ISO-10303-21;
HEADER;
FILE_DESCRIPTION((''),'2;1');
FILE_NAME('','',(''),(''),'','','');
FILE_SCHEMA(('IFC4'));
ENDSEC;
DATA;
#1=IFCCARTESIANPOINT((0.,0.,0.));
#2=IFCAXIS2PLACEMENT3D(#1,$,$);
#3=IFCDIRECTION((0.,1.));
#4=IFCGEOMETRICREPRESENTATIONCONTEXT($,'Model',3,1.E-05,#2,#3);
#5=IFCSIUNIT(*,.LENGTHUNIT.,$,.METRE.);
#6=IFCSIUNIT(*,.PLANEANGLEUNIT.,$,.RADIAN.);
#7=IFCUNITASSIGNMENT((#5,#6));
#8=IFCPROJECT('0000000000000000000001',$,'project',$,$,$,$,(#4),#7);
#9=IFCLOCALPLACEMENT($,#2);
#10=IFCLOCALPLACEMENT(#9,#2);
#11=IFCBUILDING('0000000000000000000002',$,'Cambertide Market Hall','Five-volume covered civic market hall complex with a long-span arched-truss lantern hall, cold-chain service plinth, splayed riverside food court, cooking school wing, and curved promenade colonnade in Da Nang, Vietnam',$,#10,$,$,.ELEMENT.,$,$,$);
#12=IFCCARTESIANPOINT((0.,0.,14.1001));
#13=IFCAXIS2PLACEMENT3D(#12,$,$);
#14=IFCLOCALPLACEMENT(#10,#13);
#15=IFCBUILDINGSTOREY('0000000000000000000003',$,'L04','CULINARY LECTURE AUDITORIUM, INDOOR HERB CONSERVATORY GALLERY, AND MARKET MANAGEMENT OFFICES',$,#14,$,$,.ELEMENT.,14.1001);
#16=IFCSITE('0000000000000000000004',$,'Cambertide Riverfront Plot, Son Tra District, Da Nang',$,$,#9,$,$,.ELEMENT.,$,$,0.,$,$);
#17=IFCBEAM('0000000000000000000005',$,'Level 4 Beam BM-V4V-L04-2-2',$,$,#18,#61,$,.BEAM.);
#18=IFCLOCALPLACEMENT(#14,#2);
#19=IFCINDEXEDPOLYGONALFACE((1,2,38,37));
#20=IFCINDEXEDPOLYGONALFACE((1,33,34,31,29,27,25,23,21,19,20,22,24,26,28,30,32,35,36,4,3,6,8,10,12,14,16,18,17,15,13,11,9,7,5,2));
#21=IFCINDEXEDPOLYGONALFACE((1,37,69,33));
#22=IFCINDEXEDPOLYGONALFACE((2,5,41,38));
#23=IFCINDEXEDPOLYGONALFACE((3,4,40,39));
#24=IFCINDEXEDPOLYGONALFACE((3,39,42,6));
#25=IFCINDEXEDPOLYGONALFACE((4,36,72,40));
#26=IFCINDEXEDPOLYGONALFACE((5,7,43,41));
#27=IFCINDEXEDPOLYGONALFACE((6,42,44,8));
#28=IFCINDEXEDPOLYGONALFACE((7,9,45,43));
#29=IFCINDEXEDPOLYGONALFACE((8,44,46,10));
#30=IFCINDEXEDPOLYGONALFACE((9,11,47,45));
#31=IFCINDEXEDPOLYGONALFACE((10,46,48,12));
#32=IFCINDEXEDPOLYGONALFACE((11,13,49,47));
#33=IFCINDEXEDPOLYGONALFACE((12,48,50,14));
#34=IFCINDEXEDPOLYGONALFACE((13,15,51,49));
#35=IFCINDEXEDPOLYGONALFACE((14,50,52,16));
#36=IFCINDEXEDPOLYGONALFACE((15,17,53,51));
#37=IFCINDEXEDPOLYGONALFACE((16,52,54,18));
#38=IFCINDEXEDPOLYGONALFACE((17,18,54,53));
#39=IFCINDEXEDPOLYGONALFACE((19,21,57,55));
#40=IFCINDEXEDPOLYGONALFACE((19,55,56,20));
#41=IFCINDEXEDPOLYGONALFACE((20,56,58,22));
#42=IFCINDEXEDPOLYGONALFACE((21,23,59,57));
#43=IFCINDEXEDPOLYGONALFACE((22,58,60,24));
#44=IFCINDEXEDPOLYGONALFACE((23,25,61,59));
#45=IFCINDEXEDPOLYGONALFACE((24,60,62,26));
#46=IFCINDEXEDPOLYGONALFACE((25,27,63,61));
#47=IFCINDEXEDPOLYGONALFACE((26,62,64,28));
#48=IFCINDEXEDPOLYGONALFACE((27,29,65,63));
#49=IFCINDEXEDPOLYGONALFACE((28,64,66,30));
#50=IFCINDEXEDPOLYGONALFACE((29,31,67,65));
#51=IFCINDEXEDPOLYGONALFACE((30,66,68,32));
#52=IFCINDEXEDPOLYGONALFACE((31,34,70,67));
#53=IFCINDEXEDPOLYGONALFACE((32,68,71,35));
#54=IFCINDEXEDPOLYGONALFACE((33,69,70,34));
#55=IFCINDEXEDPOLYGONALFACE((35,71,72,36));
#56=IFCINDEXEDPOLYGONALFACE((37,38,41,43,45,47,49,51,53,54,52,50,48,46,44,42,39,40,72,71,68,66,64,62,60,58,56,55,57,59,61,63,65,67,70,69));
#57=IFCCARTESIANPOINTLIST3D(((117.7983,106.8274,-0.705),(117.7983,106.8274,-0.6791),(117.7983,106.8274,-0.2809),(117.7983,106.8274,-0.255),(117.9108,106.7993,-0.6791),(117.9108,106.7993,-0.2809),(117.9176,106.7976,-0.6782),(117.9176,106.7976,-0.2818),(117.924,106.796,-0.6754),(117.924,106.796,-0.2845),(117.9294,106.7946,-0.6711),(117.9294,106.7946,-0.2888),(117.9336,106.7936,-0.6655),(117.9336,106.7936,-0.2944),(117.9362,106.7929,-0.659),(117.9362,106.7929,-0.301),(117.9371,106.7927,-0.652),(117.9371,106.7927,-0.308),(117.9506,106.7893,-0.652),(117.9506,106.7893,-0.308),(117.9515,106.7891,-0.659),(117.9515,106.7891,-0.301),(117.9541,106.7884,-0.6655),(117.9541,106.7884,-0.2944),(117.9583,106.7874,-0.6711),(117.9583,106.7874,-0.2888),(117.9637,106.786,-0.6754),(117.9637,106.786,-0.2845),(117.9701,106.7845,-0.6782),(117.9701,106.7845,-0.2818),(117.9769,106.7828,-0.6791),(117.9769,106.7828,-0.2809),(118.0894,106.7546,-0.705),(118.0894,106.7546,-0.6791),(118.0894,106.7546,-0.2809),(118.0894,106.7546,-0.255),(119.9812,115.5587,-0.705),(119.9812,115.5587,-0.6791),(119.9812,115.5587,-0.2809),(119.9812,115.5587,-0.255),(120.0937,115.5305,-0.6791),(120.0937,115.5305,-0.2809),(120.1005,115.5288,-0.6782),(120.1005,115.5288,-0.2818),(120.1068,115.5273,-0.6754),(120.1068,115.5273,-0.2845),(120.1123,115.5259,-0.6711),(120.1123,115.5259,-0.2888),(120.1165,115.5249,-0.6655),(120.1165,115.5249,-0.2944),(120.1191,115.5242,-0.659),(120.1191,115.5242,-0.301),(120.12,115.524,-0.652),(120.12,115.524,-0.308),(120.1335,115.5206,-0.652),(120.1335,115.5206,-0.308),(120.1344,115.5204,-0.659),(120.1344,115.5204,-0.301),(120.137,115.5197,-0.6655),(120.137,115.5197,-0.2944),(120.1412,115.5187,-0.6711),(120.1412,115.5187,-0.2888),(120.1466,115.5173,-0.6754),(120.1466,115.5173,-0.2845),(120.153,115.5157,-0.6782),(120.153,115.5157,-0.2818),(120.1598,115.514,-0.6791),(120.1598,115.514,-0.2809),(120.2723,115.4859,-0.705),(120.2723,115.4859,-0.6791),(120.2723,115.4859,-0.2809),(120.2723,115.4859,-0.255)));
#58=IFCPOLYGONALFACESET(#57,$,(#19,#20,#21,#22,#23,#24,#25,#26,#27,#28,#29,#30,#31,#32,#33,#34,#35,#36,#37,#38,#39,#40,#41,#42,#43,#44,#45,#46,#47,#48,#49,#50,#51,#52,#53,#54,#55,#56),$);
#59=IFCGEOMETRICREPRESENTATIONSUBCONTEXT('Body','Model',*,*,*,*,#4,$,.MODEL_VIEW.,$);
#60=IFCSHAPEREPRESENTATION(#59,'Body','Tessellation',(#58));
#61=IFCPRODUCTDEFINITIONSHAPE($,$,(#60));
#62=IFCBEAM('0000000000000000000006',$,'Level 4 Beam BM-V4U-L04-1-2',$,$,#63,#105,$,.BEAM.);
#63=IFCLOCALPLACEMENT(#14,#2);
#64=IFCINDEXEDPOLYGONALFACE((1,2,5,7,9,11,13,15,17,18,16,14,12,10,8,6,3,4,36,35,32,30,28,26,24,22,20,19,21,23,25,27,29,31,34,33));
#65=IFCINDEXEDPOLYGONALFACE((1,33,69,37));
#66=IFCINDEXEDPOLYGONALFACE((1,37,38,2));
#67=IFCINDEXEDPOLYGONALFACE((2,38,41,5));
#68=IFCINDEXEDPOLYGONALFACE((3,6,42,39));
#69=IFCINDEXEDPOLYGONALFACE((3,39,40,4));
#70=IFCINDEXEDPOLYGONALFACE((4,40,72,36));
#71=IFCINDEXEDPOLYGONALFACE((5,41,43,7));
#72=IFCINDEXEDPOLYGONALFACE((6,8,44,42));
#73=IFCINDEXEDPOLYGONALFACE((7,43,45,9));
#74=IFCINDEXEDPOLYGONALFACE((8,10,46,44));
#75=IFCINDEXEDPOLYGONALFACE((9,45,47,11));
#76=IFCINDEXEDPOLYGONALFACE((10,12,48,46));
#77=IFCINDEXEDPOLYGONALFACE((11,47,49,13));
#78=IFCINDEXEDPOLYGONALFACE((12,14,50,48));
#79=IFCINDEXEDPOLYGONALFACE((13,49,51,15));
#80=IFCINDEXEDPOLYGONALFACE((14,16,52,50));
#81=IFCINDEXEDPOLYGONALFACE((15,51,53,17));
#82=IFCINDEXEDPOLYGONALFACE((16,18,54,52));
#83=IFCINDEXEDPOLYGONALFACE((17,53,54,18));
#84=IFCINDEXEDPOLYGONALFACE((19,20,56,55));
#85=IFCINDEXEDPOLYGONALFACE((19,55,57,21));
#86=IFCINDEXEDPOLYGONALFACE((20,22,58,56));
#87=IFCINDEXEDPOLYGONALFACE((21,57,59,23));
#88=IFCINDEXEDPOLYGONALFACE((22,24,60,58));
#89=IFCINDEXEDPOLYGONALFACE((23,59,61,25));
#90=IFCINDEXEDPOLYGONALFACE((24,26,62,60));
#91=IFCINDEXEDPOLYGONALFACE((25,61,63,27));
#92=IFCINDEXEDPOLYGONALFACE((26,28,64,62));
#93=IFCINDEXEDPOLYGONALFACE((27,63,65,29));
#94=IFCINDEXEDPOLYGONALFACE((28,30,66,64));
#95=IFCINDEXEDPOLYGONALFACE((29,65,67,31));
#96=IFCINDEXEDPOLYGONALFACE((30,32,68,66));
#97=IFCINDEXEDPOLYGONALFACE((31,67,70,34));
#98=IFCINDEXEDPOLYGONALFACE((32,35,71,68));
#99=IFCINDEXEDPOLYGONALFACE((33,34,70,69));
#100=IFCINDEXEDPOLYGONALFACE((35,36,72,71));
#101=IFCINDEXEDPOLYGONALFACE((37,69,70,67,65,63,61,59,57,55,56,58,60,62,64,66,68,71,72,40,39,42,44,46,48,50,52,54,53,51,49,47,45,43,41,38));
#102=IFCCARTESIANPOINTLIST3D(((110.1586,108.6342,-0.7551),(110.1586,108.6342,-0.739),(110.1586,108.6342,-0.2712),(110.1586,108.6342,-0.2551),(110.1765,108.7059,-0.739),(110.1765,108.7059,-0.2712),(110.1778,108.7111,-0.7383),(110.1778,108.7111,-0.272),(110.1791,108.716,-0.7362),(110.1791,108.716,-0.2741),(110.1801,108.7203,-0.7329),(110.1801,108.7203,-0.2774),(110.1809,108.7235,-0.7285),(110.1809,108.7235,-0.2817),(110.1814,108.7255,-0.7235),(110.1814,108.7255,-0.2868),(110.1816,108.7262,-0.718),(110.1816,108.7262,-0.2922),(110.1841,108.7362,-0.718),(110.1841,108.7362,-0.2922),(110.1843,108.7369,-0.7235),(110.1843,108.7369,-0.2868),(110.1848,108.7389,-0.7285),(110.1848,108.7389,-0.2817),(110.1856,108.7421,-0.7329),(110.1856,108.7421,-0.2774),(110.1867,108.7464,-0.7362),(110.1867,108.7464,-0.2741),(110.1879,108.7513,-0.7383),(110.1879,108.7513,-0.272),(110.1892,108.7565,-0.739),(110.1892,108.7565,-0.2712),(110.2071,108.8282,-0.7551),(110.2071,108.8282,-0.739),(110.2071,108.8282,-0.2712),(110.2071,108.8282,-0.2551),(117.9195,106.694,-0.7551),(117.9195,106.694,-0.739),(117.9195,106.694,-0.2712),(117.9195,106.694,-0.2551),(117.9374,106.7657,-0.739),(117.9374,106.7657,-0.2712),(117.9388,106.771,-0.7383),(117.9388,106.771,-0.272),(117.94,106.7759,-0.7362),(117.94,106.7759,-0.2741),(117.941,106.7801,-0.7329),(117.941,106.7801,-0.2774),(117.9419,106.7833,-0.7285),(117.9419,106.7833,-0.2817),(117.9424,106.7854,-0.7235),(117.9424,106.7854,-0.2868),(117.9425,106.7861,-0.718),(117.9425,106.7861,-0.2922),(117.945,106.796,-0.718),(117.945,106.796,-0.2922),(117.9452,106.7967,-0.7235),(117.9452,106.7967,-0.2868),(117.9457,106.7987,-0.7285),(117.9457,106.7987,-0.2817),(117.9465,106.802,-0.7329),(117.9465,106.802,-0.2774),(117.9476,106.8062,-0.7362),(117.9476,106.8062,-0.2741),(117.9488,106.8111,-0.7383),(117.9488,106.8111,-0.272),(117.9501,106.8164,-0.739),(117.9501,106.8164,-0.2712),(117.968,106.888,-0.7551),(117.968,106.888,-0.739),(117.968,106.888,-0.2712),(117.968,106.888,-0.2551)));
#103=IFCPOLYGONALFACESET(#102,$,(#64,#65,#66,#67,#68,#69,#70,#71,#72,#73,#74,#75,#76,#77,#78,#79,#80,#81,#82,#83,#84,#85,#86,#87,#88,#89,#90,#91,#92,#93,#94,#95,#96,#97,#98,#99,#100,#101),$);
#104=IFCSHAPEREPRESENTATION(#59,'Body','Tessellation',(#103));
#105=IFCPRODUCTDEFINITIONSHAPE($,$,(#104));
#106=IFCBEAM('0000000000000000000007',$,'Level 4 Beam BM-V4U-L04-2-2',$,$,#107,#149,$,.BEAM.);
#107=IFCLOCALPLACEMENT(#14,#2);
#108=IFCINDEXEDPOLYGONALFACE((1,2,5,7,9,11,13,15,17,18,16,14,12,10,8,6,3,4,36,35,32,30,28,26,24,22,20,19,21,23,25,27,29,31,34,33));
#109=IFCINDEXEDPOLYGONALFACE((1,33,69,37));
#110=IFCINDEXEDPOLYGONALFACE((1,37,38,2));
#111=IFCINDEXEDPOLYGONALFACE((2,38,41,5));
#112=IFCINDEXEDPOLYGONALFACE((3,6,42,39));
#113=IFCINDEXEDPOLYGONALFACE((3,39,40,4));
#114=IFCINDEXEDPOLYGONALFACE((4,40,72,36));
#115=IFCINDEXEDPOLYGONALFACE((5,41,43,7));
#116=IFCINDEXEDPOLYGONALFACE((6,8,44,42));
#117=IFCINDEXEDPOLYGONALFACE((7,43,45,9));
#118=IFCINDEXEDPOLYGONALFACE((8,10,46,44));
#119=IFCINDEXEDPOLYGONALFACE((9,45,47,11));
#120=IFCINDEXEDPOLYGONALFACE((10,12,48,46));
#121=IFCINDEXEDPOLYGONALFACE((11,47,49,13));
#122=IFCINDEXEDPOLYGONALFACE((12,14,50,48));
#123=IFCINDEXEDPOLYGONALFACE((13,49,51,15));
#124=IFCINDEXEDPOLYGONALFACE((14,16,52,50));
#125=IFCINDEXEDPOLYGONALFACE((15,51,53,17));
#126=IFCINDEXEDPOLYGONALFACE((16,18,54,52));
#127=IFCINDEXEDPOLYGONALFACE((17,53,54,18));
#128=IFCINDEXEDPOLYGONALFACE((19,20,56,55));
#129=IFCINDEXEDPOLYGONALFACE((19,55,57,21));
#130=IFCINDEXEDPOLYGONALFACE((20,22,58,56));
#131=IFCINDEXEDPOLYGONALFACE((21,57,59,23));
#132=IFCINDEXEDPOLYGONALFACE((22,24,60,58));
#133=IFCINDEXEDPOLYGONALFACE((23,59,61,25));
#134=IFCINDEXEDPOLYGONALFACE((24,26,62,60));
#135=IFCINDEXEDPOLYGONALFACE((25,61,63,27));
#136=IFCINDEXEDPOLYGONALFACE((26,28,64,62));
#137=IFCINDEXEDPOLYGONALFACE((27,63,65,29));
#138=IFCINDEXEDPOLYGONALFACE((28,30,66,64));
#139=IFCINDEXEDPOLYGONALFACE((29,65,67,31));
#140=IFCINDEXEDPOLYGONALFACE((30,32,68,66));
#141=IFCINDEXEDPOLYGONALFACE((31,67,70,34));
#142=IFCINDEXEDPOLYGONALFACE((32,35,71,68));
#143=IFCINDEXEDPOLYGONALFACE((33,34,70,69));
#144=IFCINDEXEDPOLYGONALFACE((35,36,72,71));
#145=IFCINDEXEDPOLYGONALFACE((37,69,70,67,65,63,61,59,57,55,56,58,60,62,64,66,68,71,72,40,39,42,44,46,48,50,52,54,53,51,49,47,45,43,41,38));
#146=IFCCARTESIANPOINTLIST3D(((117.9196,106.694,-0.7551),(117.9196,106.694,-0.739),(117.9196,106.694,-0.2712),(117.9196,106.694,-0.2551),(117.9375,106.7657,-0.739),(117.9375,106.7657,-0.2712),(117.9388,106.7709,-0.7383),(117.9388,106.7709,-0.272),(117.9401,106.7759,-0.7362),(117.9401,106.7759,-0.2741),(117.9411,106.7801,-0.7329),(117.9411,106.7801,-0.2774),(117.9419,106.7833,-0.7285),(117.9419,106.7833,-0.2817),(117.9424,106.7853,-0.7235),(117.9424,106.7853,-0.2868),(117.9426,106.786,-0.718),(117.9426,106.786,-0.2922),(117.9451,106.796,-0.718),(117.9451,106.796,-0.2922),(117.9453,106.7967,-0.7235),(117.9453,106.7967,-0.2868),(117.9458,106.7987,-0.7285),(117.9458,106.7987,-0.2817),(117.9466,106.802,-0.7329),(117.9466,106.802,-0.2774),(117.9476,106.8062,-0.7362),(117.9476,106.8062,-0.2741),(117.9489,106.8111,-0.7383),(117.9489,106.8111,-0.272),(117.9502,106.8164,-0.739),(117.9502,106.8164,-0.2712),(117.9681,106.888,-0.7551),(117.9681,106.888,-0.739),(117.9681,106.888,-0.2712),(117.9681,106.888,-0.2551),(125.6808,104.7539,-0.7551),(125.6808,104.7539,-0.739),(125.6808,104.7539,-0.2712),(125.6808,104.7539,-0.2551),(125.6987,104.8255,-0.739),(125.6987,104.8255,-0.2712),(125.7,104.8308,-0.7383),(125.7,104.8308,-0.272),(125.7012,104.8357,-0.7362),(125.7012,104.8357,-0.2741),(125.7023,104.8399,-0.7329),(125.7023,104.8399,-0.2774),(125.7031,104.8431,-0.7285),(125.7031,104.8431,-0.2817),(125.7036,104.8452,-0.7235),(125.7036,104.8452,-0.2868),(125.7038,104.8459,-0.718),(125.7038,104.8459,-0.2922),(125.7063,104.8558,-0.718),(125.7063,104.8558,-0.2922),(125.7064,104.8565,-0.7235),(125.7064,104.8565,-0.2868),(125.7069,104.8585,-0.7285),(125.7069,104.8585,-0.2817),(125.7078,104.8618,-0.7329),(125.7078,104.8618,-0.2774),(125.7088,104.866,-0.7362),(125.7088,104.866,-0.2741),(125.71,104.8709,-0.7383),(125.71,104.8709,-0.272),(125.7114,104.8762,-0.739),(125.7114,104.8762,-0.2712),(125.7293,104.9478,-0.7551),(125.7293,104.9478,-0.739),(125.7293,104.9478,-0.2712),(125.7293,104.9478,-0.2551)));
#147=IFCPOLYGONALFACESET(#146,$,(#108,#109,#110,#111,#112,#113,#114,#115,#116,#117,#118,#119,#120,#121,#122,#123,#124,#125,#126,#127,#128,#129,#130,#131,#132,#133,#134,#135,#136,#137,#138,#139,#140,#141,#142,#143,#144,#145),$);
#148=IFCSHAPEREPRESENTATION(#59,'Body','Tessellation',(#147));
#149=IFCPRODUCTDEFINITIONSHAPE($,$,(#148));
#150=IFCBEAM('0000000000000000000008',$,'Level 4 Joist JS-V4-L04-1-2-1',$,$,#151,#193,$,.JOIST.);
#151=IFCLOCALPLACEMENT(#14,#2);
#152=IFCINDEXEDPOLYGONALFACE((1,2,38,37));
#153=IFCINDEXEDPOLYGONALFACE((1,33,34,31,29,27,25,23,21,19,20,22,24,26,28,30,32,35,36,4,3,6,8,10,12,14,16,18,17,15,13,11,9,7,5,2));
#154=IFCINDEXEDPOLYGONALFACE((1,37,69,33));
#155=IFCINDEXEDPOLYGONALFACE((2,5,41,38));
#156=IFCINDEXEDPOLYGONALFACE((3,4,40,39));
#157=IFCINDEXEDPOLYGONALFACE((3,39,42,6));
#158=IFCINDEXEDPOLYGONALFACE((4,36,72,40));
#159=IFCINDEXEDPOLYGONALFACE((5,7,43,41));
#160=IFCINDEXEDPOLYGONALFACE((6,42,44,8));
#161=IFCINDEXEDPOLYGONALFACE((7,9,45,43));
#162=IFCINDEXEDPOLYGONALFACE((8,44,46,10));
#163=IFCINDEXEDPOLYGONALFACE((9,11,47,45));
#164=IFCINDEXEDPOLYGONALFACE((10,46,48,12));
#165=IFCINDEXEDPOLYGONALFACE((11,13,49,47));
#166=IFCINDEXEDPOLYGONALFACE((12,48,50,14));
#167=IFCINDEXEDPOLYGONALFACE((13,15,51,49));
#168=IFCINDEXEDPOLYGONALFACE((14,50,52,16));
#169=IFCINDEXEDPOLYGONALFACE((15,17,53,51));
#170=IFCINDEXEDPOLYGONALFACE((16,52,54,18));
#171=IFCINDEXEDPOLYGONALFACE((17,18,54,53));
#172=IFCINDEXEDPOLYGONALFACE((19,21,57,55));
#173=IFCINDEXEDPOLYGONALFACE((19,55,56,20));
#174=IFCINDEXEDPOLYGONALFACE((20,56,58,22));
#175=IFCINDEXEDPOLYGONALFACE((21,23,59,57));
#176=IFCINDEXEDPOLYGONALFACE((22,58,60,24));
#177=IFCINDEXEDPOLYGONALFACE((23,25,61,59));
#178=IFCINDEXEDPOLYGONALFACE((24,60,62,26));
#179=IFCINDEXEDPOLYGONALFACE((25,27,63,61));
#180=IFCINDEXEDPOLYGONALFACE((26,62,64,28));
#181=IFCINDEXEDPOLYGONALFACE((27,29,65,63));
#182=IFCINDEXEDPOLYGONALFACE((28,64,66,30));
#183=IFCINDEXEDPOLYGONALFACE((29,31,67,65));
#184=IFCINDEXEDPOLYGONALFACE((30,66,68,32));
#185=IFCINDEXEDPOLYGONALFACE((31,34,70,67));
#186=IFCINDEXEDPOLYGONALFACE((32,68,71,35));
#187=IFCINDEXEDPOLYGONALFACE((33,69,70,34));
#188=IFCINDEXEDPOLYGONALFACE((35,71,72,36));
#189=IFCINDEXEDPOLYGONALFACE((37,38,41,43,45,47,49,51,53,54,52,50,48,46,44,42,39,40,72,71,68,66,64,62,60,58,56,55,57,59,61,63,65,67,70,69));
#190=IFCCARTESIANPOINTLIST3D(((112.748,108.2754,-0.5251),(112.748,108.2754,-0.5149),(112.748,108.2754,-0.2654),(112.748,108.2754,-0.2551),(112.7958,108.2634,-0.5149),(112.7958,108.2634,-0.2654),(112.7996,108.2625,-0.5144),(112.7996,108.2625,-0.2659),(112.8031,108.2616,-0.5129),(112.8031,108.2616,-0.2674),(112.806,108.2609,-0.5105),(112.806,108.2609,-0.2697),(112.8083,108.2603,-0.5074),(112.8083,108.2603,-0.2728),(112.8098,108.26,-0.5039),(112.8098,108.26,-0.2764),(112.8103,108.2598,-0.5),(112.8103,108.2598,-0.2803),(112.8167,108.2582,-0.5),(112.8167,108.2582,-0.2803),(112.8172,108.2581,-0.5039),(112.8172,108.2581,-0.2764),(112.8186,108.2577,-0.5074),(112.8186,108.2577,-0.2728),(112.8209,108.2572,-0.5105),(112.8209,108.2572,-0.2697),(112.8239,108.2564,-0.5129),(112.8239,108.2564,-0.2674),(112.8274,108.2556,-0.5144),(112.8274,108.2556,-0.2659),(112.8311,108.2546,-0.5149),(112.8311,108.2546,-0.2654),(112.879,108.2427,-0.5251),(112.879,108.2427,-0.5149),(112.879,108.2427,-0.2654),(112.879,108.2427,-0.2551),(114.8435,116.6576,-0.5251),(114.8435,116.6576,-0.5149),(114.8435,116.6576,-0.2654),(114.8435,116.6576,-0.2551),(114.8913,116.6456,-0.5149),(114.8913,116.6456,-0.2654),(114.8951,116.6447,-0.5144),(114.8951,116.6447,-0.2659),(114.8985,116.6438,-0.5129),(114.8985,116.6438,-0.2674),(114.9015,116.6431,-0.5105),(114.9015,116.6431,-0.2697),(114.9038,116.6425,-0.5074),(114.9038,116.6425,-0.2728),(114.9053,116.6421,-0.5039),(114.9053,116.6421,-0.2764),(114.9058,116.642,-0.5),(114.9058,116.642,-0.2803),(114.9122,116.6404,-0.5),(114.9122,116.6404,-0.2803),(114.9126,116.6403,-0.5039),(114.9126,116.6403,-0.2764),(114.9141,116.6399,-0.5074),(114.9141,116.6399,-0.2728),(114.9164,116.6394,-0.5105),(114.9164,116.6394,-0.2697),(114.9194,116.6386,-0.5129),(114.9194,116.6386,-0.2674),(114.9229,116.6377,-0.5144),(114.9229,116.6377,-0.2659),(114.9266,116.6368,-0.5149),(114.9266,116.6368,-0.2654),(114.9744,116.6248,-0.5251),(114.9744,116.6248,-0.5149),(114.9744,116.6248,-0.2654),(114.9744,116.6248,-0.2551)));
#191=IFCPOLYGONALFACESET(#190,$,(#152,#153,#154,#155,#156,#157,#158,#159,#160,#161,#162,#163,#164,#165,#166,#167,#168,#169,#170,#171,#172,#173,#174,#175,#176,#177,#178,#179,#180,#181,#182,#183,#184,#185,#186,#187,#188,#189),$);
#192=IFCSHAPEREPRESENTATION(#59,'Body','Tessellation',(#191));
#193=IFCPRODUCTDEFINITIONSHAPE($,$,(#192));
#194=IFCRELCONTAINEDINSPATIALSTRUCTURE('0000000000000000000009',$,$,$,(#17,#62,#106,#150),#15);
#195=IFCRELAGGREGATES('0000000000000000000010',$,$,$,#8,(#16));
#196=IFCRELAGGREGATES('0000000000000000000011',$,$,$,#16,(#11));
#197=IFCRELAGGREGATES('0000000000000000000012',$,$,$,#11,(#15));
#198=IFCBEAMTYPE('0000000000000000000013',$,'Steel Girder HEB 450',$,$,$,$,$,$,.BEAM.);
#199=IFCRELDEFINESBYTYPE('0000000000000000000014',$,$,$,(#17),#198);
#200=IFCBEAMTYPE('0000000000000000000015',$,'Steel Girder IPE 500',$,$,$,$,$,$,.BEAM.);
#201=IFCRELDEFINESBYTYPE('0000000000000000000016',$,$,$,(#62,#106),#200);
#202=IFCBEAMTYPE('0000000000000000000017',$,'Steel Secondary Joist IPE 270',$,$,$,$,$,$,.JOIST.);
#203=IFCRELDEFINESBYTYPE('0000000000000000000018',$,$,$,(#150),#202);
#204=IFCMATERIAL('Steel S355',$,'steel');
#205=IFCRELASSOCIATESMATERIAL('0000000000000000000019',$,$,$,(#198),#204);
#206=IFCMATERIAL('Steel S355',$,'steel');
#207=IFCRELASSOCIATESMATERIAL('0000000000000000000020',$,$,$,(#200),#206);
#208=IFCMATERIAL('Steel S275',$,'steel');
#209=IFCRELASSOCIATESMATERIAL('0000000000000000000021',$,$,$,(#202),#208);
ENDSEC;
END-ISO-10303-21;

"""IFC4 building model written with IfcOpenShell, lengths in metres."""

from ifc_helpers import new_model, si_unit, direction, frame, origin, origin_2d, place, context, subcontext, project, spatial, i_section, extrude, material, material_profile, profile_set, type_object, element, save


model = new_model("IFC4")

# Units and contexts
model_context = context("Model", 3, precision=1e-05, world=origin(), true_north=direction((0.0, 1.0)))
body_context = subcontext(model_context, "Body", "Model", "MODEL_VIEW")
ifc_project = project(units=[si_unit("LENGTHUNIT", "METRE"), si_unit("PLANEANGLEUNIT", "RADIAN")], contexts=[model_context])

# Site, building, storey
site_placement = place(None, origin())
site = spatial("IfcSite", under=ifc_project, at=site_placement, Name="Cambertide Riverfront Plot, Son Tra District, Da Nang", CompositionType="ELEMENT", RefElevation=0.0)
building_placement = place(site_placement, origin())
building = spatial("IfcBuilding", under=site, at=building_placement, Name="Cambertide Market Hall", Description="Five-volume covered civic market hall complex with a long-span arched-truss lantern hall, cold-chain service plinth, splayed riverside food court, cooking school wing, and curved promenade colonnade in Da Nang, Vietnam", CompositionType="ELEMENT")
storey_placement = place(building_placement, frame((0.0, 0.0, 14.1001)))
storey = spatial("IfcBuildingStorey", under=building, at=storey_placement, Name="L04", Description="CULINARY LECTURE AUDITORIUM, INDOOR HERB CONSERVATORY GALLERY, AND MARKET MANAGEMENT OFFICES", CompositionType="ELEMENT", Elevation=14.1001)

# Beams
ifc_material_1 = material(Name="Steel S355", Category="steel")
ifc_material_profile_1 = material_profile(ifc_material_1, i_section(OverallWidth=0.3, OverallDepth=0.45, WebThickness=0.0139, FlangeThickness=0.0259, FilletRadius=0.0271, at=origin_2d()), Name="HEB 450")
ifc_profile_set_1 = profile_set([ifc_material_profile_1], Name="Steel S355")
beam_type_1 = type_object("IfcBeamType", Name="Steel Girder HEB 450", PredefinedType="BEAM", material=ifc_profile_set_1)
beam_1_placement = place(storey_placement, frame((117.9438, 106.791, -0.48), z_axis=(0.242542, 0.970141, 0.0), x_axis=(-0.970141, 0.242542, 0.0)))
element("IfcBeam", 1, at=beam_1_placement, inside=storey, type_object=beam_type_1, Name="Level 4 Beam BM-V4V-L04-2-2", PredefinedType="BEAM", context=body_context, shape_type="SweptSolid", body=[
    extrude(i_section(OverallWidth=0.3, OverallDepth=0.45, WebThickness=0.0139, FlangeThickness=0.0259, FilletRadius=0.0271, at=origin_2d()), origin(), (0.0, 0.0, 1.0), 9.0),
])
ifc_material_2 = material(Name="Steel S355", Category="steel")
ifc_material_profile_2 = material_profile(ifc_material_2, i_section(OverallWidth=0.2, OverallDepth=0.5, WebThickness=0.0103, FlangeThickness=0.0161, FilletRadius=0.021, at=origin_2d()), Name="IPE 500")
ifc_profile_set_2 = profile_set([ifc_material_profile_2], Name="Steel S355")
beam_type_2 = type_object("IfcBeamType", Name="Steel Girder IPE 500", PredefinedType="BEAM", material=ifc_profile_set_2)
beam_2_placement = place(storey_placement, frame((110.1829, 108.7312, -0.5051), z_axis=(0.970144, -0.242528, 0.0), x_axis=(0.242528, 0.970144, 0.0)))
element("IfcBeam", 2, at=beam_2_placement, inside=storey, type_object=beam_type_2, Name="Level 4 Beam BM-V4U-L04-1-2", PredefinedType="BEAM", context=body_context, shape_type="SweptSolid", body=[
    extrude(i_section(OverallWidth=0.2, OverallDepth=0.5, WebThickness=0.0103, FlangeThickness=0.0161, FilletRadius=0.021, at=origin_2d()), origin(), (0.0, 0.0, 1.0), 7.9998),
])
beam_3_placement = place(storey_placement, frame((117.9438, 106.791, -0.5051), z_axis=(0.970146, -0.242521, 0.0), x_axis=(0.242521, 0.970146, 0.0)))
element("IfcBeam", 3, at=beam_3_placement, inside=storey, type_object=beam_type_2, Name="Level 4 Beam BM-V4U-L04-2-2", PredefinedType="BEAM", context=body_context, shape_type="SweptSolid", body=[
    extrude(i_section(OverallWidth=0.2, OverallDepth=0.5, WebThickness=0.0103, FlangeThickness=0.0161, FilletRadius=0.021, at=origin_2d()), origin(), (0.0, 0.0, 1.0), 8.0),
])
ifc_material_3 = material(Name="Steel S275", Category="steel")
ifc_material_profile_3 = material_profile(ifc_material_3, i_section(OverallWidth=0.135, OverallDepth=0.27, WebThickness=0.0066, FlangeThickness=0.0103, FilletRadius=0.0149, at=origin_2d()), Name="IPE 270")
ifc_profile_set_3 = profile_set([ifc_material_profile_3], Name="Steel S275")
beam_type_3 = type_object("IfcBeamType", Name="Steel Secondary Joist IPE 270", PredefinedType="JOIST", material=ifc_profile_set_3)
for number, where, z_axis, x_axis, name in (
    (4, (112.8135, 108.259, -0.3901), (0.242529, 0.970144, 0.0), (-0.970144, 0.242529, 0.0), "Level 4 Joist JS-V4-L04-1-2-1"),
):
    element("IfcBeam", number, at=place(storey_placement, frame(where, z_axis=z_axis, x_axis=x_axis)), inside=storey, type_object=beam_type_3, Name=name, PredefinedType="JOIST", context=body_context, shape_type="SweptSolid", body=[
        extrude(i_section(OverallWidth=0.135, OverallDepth=0.27, WebThickness=0.0066, FlangeThickness=0.0103, FilletRadius=0.0149, at=origin_2d()), origin(), (0.0, 0.0, 1.0), 8.6401),
    ])

save(model, "model.ifc")
